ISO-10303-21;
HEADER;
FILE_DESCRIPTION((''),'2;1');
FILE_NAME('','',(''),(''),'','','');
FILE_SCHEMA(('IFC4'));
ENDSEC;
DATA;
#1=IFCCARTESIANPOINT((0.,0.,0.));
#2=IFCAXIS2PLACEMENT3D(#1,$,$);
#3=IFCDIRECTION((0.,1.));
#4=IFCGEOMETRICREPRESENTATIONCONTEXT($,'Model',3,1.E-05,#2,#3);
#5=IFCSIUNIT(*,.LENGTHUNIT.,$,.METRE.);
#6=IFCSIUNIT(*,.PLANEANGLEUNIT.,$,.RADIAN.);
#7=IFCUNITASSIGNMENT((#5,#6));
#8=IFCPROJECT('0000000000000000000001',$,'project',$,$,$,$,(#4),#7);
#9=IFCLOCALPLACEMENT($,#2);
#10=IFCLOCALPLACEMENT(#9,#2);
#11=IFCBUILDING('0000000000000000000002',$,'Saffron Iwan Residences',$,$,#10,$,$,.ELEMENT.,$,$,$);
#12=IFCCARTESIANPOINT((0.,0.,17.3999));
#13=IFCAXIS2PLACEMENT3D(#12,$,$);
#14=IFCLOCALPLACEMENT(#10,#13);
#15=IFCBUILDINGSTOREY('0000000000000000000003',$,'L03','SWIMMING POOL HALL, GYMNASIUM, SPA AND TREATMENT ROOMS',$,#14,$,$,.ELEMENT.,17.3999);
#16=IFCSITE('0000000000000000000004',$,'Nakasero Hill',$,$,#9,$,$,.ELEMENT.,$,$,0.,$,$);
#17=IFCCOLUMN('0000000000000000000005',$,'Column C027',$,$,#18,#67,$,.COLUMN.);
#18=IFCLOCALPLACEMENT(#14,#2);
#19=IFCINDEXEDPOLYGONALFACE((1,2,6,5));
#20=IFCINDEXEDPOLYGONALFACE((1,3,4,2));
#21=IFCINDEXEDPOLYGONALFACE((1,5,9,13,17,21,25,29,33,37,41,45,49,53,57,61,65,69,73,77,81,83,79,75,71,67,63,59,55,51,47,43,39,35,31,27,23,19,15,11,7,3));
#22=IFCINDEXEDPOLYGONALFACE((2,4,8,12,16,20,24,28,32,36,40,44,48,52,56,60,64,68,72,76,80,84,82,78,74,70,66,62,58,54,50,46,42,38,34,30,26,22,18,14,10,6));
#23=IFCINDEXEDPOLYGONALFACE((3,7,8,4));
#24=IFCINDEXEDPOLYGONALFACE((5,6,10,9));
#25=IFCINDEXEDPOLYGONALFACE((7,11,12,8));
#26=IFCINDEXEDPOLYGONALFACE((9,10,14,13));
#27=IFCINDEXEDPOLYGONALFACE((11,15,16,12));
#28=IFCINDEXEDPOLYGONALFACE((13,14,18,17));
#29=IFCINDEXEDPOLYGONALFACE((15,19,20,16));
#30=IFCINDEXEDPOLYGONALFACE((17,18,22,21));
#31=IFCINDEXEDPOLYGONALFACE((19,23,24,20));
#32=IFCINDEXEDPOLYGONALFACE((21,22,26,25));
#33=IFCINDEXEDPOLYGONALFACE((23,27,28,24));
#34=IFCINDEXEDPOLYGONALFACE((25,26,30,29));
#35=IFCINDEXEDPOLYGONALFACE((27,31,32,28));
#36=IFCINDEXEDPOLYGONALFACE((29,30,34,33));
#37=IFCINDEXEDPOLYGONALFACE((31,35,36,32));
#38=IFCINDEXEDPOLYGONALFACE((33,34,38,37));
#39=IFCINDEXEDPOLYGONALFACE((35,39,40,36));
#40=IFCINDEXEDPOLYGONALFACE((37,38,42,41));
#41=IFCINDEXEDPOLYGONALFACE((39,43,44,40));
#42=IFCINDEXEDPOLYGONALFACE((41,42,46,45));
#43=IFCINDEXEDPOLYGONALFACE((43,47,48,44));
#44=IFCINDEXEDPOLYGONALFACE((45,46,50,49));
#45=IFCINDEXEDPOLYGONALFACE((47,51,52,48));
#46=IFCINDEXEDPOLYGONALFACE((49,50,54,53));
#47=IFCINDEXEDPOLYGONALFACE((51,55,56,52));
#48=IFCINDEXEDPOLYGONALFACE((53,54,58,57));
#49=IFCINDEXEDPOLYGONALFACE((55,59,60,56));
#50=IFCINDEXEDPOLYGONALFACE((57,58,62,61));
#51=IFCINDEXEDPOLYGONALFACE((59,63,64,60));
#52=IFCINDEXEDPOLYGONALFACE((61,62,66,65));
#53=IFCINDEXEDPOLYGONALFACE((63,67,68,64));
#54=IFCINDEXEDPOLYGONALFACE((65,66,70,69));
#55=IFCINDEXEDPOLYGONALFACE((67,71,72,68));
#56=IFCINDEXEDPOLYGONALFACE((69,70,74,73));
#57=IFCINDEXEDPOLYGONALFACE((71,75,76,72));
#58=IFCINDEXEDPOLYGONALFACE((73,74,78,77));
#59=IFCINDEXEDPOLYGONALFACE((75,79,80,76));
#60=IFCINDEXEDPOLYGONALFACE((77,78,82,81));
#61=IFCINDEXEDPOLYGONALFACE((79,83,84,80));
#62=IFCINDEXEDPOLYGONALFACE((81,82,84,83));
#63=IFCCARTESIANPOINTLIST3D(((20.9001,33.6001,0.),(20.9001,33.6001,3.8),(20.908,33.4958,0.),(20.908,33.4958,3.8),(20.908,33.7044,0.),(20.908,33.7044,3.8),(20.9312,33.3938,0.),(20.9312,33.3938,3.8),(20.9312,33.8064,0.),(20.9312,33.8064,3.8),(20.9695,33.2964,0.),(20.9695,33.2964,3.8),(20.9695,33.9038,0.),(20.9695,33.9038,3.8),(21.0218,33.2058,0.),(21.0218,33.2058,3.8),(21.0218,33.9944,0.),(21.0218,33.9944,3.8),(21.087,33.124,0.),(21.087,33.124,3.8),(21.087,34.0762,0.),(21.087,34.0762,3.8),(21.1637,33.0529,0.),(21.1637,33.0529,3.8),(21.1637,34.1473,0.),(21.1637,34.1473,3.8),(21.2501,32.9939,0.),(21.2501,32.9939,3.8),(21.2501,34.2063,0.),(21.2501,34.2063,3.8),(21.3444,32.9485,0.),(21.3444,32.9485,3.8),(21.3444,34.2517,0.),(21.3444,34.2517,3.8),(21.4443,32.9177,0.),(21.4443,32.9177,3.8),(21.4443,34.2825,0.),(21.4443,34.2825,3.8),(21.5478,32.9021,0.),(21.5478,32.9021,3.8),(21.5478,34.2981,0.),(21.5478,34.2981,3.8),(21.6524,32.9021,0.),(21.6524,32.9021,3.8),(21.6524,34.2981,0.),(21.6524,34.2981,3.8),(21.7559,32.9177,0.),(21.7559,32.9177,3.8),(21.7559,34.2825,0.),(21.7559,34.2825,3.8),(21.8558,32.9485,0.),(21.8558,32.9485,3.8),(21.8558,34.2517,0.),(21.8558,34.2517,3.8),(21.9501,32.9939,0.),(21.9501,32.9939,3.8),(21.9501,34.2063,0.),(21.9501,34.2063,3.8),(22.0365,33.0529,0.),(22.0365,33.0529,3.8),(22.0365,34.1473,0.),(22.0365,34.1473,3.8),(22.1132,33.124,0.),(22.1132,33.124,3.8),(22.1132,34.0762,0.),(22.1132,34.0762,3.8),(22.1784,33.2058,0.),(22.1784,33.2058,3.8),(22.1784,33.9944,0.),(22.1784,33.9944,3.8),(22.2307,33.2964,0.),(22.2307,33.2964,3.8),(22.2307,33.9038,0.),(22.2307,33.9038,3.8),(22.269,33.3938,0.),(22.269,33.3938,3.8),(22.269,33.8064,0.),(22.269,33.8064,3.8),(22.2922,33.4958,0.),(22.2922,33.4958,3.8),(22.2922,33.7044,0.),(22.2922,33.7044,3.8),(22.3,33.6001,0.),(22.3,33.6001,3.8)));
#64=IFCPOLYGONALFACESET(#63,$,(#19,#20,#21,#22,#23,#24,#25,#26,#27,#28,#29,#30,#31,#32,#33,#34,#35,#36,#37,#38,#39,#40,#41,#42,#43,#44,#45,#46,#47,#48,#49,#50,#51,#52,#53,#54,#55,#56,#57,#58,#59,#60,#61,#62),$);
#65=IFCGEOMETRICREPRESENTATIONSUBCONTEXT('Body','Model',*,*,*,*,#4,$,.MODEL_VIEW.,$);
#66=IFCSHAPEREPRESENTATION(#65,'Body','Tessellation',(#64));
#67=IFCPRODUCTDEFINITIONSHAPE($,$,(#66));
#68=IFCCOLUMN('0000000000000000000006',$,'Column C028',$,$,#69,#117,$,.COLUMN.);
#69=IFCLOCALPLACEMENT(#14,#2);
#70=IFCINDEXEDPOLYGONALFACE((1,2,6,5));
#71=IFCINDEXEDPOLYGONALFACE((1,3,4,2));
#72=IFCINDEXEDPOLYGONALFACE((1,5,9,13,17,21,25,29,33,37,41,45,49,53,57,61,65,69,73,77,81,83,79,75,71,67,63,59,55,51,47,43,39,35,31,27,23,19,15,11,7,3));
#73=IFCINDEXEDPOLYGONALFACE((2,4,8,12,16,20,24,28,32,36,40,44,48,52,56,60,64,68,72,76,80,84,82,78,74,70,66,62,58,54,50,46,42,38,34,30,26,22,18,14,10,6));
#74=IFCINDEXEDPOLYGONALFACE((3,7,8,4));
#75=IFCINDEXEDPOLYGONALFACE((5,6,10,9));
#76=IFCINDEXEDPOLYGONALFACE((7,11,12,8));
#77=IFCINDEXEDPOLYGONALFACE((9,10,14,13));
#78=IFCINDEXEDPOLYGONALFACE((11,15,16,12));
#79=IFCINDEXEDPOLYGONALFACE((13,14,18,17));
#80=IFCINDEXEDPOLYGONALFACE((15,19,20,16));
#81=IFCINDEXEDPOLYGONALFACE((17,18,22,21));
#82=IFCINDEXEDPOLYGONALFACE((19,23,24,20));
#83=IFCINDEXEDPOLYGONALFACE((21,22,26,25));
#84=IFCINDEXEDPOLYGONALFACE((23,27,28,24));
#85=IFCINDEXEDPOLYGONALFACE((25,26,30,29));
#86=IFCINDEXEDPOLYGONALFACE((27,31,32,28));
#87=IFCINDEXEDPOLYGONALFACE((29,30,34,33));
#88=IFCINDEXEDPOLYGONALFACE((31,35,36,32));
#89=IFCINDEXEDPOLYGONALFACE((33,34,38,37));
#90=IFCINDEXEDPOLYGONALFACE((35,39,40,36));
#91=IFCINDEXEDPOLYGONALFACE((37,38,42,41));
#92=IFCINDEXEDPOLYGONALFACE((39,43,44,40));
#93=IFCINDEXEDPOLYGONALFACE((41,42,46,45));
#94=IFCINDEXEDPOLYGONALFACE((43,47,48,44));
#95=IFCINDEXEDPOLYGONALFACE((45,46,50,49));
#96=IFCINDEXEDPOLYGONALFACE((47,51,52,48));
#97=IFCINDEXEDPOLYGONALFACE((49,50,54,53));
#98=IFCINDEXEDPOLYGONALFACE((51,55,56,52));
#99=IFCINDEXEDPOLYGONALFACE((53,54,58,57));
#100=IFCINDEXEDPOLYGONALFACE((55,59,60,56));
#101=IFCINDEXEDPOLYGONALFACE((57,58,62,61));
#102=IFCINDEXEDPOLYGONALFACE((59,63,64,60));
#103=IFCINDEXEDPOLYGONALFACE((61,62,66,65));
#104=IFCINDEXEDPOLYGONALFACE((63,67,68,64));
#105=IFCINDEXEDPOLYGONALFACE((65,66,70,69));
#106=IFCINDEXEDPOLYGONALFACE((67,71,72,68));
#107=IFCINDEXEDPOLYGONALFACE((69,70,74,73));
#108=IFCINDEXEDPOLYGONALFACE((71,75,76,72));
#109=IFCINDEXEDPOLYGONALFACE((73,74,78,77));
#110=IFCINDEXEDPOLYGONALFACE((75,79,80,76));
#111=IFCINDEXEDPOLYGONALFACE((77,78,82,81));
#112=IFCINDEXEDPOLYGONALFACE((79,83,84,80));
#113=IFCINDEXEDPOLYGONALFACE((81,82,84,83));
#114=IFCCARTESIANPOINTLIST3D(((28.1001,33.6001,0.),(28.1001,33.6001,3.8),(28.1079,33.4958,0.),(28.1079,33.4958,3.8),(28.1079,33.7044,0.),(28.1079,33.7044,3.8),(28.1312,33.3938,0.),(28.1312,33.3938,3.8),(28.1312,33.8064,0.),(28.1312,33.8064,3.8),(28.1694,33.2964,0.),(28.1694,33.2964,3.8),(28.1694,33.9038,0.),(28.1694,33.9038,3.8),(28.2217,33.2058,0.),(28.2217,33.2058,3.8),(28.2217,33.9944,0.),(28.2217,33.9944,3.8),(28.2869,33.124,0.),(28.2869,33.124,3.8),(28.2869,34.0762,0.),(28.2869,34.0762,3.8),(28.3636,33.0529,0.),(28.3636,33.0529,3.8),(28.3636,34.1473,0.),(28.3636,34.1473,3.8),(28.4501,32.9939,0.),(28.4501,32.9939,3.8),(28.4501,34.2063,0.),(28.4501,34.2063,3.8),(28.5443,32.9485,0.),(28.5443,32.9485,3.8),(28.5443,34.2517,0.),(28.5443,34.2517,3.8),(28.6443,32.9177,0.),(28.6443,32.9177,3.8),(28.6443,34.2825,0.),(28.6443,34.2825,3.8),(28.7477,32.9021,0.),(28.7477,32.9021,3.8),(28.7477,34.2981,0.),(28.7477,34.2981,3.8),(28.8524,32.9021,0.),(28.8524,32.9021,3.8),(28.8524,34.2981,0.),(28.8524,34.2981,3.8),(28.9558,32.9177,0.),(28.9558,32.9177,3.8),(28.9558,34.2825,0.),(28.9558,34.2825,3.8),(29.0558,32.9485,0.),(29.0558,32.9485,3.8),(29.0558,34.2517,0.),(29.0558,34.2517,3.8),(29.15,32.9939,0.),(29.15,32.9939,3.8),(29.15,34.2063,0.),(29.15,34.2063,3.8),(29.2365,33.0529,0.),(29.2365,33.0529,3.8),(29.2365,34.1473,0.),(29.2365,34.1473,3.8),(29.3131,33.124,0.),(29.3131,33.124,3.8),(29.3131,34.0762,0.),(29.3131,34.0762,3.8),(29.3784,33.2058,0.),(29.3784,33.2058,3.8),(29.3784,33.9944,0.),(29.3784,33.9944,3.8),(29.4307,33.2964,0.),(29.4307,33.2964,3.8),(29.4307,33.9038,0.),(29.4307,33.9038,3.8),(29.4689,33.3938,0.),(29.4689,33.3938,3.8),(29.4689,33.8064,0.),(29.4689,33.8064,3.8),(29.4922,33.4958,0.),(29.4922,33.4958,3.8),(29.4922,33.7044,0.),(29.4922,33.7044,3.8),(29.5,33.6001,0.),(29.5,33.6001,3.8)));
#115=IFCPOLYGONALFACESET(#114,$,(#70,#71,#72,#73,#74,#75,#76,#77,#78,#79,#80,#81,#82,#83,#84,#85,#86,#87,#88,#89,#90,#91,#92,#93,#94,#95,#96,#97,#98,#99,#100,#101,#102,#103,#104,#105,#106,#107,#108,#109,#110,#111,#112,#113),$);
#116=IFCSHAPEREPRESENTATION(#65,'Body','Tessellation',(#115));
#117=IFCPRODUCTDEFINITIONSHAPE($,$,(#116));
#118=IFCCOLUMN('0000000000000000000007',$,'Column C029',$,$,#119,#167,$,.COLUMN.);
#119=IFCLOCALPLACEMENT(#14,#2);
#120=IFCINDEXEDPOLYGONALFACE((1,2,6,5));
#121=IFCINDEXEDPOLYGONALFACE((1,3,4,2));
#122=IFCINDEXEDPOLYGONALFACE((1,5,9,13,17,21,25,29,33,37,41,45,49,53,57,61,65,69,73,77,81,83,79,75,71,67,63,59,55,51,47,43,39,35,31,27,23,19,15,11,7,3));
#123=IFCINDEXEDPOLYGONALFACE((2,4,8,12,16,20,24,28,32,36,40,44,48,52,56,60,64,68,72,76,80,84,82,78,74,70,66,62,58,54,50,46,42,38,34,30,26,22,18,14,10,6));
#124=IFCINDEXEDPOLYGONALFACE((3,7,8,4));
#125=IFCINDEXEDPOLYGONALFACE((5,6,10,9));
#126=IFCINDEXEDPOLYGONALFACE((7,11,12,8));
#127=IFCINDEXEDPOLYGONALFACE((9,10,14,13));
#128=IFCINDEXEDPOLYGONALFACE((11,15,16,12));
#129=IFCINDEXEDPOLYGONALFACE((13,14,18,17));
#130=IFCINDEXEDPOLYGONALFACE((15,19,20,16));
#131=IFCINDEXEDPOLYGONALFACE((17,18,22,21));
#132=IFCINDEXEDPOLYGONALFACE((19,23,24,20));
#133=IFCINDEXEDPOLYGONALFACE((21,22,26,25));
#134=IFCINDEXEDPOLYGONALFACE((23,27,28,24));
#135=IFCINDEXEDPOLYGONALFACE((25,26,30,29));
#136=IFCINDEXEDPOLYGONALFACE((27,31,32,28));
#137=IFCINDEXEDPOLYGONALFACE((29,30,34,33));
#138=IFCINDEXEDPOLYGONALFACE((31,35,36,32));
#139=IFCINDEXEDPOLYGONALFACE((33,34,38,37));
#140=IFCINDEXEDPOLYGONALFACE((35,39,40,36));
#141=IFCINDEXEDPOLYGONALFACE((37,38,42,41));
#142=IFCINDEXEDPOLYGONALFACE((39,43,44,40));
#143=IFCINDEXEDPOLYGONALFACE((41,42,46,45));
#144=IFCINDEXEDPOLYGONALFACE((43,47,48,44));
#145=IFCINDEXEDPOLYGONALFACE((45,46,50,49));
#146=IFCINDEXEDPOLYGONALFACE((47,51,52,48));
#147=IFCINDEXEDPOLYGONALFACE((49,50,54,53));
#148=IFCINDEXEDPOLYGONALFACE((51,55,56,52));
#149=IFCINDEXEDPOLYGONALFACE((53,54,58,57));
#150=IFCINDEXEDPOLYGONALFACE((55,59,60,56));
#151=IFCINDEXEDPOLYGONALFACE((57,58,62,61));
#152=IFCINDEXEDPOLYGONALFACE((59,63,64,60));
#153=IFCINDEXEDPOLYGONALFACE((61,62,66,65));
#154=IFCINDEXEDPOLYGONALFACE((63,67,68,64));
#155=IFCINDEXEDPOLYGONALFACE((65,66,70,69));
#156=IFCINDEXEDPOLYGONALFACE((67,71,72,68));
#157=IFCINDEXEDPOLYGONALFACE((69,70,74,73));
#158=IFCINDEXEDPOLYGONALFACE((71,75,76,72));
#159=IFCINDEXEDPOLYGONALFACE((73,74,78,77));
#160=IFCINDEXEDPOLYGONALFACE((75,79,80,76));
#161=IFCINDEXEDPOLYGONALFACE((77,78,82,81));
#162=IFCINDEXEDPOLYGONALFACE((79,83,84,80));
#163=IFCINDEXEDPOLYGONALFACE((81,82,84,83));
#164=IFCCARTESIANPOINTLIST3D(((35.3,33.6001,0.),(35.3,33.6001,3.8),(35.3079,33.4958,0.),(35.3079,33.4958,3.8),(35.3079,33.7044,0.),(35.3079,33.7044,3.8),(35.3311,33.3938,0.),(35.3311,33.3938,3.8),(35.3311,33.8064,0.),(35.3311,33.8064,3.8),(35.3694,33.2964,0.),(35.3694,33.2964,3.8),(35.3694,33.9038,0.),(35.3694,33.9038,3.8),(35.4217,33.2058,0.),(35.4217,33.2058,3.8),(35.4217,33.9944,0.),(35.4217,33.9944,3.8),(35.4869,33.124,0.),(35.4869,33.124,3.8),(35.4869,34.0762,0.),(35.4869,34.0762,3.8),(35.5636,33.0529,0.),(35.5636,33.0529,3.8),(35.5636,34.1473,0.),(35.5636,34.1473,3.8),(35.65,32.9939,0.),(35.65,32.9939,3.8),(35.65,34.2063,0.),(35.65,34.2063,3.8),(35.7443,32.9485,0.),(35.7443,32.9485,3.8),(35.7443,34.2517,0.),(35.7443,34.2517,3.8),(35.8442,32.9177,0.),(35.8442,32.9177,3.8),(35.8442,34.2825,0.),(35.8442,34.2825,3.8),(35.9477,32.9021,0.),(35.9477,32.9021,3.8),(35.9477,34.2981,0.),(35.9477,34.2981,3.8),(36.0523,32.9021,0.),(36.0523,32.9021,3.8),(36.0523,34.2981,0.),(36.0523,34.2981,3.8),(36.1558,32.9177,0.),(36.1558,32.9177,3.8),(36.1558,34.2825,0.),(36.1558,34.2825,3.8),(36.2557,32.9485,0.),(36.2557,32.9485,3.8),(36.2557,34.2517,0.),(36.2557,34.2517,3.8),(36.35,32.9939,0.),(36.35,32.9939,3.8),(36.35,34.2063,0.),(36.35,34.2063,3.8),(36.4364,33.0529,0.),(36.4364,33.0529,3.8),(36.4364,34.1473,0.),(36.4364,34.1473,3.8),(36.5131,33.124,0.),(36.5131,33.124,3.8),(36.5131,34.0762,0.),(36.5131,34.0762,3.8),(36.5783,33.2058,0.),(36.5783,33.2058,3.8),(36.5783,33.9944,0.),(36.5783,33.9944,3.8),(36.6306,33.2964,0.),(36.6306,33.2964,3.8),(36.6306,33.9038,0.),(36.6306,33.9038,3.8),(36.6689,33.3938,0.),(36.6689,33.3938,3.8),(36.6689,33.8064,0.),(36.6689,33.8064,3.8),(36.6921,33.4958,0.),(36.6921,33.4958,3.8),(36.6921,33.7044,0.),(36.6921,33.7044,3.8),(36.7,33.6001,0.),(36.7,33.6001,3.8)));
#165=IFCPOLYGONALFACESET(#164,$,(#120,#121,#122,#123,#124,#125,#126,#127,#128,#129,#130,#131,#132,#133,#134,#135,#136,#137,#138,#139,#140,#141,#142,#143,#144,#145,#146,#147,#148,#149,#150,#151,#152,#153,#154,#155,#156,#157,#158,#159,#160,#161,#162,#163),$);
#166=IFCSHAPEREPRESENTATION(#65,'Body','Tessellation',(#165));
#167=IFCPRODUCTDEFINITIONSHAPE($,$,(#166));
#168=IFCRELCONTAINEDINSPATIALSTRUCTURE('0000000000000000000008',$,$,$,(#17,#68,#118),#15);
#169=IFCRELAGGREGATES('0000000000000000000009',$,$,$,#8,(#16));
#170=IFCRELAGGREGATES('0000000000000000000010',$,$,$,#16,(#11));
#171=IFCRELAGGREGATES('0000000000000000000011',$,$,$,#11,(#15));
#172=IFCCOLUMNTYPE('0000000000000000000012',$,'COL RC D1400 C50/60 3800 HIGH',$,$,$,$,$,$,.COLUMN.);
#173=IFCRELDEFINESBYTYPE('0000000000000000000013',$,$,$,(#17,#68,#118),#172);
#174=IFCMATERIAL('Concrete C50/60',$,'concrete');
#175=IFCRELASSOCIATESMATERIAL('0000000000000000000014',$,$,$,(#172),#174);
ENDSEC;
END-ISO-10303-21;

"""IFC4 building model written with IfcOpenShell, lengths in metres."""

from ifc_helpers import new_model, si_unit, direction, frame, origin, origin_2d, place, context, subcontext, project, spatial, circle, extrude, source, transform, mapped, material, material_profile, profile_set, type_object, element, save


model = new_model("IFC4")

# Units and contexts
model_context = context("Model", 3, precision=1e-05, world=origin(), true_north=direction((0.0, 1.0)))
body_context = subcontext(model_context, "Body", "Model", "MODEL_VIEW")
ifc_project = project(units=[si_unit("LENGTHUNIT", "METRE"), si_unit("PLANEANGLEUNIT", "RADIAN")], contexts=[model_context])

# Site, building, storey
site_placement = place(None, origin())
site = spatial("IfcSite", under=ifc_project, at=site_placement, Name="Nakasero Hill", CompositionType="ELEMENT", RefElevation=0.0)
building_placement = place(site_placement, origin())
building = spatial("IfcBuilding", under=site, at=building_placement, Name="Saffron Iwan Residences", CompositionType="ELEMENT")
storey_placement = place(building_placement, frame((0.0, 0.0, 17.3999)))
storey = spatial("IfcBuildingStorey", under=building, at=storey_placement, Name="L03", Description="SWIMMING POOL HALL, GYMNASIUM, SPA AND TREATMENT ROOMS", CompositionType="ELEMENT", Elevation=17.3999)

# Columns
ifc_material_1 = material(Name="Concrete C50/60", Category="concrete")
ifc_material_profile_1 = material_profile(ifc_material_1, circle(Radius=0.7, at=origin_2d()), Name="RC D1400")
ifc_profile_set_1 = profile_set([ifc_material_profile_1], Name="Concrete C50/60")
column_type = type_object("IfcColumnType", Name="COL RC D1400 C50/60 3800 HIGH", PredefinedType="COLUMN", material=ifc_profile_set_1)
shared_shape_1 = source(origin(), body_context, "Body", "SweptSolid", [
    extrude(circle(Radius=0.7, at=origin_2d()), origin(), (0.0, 0.0, 1.0), 3.8),
])
for number, where, z_axis, x_axis, name in (
    (1, (21.6001, 33.6001, 0.0), (0.0, 0.0, 1.0), (1.0, 0.0, 0.0), "Column C027"),
    (2, (28.8, 33.6001, 0.0), (0.0, 0.0, 1.0), (1.0, 0.0, 0.0), "Column C028"),
    (3, (36.0, 33.6001, 0.0), (0.0, 0.0, 1.0), (1.0, 0.0, 0.0), "Column C029"),
):
    element("IfcColumn", number, at=place(storey_placement, frame(where, z_axis=z_axis, x_axis=x_axis)), inside=storey, type_object=column_type, Name=name, PredefinedType="COLUMN", context=body_context, shape_type="MappedRepresentation", body=[
        mapped(shared_shape_1, transform((0.0, 0.0, 0.0))),
    ])

save(model, "model.ifc")
